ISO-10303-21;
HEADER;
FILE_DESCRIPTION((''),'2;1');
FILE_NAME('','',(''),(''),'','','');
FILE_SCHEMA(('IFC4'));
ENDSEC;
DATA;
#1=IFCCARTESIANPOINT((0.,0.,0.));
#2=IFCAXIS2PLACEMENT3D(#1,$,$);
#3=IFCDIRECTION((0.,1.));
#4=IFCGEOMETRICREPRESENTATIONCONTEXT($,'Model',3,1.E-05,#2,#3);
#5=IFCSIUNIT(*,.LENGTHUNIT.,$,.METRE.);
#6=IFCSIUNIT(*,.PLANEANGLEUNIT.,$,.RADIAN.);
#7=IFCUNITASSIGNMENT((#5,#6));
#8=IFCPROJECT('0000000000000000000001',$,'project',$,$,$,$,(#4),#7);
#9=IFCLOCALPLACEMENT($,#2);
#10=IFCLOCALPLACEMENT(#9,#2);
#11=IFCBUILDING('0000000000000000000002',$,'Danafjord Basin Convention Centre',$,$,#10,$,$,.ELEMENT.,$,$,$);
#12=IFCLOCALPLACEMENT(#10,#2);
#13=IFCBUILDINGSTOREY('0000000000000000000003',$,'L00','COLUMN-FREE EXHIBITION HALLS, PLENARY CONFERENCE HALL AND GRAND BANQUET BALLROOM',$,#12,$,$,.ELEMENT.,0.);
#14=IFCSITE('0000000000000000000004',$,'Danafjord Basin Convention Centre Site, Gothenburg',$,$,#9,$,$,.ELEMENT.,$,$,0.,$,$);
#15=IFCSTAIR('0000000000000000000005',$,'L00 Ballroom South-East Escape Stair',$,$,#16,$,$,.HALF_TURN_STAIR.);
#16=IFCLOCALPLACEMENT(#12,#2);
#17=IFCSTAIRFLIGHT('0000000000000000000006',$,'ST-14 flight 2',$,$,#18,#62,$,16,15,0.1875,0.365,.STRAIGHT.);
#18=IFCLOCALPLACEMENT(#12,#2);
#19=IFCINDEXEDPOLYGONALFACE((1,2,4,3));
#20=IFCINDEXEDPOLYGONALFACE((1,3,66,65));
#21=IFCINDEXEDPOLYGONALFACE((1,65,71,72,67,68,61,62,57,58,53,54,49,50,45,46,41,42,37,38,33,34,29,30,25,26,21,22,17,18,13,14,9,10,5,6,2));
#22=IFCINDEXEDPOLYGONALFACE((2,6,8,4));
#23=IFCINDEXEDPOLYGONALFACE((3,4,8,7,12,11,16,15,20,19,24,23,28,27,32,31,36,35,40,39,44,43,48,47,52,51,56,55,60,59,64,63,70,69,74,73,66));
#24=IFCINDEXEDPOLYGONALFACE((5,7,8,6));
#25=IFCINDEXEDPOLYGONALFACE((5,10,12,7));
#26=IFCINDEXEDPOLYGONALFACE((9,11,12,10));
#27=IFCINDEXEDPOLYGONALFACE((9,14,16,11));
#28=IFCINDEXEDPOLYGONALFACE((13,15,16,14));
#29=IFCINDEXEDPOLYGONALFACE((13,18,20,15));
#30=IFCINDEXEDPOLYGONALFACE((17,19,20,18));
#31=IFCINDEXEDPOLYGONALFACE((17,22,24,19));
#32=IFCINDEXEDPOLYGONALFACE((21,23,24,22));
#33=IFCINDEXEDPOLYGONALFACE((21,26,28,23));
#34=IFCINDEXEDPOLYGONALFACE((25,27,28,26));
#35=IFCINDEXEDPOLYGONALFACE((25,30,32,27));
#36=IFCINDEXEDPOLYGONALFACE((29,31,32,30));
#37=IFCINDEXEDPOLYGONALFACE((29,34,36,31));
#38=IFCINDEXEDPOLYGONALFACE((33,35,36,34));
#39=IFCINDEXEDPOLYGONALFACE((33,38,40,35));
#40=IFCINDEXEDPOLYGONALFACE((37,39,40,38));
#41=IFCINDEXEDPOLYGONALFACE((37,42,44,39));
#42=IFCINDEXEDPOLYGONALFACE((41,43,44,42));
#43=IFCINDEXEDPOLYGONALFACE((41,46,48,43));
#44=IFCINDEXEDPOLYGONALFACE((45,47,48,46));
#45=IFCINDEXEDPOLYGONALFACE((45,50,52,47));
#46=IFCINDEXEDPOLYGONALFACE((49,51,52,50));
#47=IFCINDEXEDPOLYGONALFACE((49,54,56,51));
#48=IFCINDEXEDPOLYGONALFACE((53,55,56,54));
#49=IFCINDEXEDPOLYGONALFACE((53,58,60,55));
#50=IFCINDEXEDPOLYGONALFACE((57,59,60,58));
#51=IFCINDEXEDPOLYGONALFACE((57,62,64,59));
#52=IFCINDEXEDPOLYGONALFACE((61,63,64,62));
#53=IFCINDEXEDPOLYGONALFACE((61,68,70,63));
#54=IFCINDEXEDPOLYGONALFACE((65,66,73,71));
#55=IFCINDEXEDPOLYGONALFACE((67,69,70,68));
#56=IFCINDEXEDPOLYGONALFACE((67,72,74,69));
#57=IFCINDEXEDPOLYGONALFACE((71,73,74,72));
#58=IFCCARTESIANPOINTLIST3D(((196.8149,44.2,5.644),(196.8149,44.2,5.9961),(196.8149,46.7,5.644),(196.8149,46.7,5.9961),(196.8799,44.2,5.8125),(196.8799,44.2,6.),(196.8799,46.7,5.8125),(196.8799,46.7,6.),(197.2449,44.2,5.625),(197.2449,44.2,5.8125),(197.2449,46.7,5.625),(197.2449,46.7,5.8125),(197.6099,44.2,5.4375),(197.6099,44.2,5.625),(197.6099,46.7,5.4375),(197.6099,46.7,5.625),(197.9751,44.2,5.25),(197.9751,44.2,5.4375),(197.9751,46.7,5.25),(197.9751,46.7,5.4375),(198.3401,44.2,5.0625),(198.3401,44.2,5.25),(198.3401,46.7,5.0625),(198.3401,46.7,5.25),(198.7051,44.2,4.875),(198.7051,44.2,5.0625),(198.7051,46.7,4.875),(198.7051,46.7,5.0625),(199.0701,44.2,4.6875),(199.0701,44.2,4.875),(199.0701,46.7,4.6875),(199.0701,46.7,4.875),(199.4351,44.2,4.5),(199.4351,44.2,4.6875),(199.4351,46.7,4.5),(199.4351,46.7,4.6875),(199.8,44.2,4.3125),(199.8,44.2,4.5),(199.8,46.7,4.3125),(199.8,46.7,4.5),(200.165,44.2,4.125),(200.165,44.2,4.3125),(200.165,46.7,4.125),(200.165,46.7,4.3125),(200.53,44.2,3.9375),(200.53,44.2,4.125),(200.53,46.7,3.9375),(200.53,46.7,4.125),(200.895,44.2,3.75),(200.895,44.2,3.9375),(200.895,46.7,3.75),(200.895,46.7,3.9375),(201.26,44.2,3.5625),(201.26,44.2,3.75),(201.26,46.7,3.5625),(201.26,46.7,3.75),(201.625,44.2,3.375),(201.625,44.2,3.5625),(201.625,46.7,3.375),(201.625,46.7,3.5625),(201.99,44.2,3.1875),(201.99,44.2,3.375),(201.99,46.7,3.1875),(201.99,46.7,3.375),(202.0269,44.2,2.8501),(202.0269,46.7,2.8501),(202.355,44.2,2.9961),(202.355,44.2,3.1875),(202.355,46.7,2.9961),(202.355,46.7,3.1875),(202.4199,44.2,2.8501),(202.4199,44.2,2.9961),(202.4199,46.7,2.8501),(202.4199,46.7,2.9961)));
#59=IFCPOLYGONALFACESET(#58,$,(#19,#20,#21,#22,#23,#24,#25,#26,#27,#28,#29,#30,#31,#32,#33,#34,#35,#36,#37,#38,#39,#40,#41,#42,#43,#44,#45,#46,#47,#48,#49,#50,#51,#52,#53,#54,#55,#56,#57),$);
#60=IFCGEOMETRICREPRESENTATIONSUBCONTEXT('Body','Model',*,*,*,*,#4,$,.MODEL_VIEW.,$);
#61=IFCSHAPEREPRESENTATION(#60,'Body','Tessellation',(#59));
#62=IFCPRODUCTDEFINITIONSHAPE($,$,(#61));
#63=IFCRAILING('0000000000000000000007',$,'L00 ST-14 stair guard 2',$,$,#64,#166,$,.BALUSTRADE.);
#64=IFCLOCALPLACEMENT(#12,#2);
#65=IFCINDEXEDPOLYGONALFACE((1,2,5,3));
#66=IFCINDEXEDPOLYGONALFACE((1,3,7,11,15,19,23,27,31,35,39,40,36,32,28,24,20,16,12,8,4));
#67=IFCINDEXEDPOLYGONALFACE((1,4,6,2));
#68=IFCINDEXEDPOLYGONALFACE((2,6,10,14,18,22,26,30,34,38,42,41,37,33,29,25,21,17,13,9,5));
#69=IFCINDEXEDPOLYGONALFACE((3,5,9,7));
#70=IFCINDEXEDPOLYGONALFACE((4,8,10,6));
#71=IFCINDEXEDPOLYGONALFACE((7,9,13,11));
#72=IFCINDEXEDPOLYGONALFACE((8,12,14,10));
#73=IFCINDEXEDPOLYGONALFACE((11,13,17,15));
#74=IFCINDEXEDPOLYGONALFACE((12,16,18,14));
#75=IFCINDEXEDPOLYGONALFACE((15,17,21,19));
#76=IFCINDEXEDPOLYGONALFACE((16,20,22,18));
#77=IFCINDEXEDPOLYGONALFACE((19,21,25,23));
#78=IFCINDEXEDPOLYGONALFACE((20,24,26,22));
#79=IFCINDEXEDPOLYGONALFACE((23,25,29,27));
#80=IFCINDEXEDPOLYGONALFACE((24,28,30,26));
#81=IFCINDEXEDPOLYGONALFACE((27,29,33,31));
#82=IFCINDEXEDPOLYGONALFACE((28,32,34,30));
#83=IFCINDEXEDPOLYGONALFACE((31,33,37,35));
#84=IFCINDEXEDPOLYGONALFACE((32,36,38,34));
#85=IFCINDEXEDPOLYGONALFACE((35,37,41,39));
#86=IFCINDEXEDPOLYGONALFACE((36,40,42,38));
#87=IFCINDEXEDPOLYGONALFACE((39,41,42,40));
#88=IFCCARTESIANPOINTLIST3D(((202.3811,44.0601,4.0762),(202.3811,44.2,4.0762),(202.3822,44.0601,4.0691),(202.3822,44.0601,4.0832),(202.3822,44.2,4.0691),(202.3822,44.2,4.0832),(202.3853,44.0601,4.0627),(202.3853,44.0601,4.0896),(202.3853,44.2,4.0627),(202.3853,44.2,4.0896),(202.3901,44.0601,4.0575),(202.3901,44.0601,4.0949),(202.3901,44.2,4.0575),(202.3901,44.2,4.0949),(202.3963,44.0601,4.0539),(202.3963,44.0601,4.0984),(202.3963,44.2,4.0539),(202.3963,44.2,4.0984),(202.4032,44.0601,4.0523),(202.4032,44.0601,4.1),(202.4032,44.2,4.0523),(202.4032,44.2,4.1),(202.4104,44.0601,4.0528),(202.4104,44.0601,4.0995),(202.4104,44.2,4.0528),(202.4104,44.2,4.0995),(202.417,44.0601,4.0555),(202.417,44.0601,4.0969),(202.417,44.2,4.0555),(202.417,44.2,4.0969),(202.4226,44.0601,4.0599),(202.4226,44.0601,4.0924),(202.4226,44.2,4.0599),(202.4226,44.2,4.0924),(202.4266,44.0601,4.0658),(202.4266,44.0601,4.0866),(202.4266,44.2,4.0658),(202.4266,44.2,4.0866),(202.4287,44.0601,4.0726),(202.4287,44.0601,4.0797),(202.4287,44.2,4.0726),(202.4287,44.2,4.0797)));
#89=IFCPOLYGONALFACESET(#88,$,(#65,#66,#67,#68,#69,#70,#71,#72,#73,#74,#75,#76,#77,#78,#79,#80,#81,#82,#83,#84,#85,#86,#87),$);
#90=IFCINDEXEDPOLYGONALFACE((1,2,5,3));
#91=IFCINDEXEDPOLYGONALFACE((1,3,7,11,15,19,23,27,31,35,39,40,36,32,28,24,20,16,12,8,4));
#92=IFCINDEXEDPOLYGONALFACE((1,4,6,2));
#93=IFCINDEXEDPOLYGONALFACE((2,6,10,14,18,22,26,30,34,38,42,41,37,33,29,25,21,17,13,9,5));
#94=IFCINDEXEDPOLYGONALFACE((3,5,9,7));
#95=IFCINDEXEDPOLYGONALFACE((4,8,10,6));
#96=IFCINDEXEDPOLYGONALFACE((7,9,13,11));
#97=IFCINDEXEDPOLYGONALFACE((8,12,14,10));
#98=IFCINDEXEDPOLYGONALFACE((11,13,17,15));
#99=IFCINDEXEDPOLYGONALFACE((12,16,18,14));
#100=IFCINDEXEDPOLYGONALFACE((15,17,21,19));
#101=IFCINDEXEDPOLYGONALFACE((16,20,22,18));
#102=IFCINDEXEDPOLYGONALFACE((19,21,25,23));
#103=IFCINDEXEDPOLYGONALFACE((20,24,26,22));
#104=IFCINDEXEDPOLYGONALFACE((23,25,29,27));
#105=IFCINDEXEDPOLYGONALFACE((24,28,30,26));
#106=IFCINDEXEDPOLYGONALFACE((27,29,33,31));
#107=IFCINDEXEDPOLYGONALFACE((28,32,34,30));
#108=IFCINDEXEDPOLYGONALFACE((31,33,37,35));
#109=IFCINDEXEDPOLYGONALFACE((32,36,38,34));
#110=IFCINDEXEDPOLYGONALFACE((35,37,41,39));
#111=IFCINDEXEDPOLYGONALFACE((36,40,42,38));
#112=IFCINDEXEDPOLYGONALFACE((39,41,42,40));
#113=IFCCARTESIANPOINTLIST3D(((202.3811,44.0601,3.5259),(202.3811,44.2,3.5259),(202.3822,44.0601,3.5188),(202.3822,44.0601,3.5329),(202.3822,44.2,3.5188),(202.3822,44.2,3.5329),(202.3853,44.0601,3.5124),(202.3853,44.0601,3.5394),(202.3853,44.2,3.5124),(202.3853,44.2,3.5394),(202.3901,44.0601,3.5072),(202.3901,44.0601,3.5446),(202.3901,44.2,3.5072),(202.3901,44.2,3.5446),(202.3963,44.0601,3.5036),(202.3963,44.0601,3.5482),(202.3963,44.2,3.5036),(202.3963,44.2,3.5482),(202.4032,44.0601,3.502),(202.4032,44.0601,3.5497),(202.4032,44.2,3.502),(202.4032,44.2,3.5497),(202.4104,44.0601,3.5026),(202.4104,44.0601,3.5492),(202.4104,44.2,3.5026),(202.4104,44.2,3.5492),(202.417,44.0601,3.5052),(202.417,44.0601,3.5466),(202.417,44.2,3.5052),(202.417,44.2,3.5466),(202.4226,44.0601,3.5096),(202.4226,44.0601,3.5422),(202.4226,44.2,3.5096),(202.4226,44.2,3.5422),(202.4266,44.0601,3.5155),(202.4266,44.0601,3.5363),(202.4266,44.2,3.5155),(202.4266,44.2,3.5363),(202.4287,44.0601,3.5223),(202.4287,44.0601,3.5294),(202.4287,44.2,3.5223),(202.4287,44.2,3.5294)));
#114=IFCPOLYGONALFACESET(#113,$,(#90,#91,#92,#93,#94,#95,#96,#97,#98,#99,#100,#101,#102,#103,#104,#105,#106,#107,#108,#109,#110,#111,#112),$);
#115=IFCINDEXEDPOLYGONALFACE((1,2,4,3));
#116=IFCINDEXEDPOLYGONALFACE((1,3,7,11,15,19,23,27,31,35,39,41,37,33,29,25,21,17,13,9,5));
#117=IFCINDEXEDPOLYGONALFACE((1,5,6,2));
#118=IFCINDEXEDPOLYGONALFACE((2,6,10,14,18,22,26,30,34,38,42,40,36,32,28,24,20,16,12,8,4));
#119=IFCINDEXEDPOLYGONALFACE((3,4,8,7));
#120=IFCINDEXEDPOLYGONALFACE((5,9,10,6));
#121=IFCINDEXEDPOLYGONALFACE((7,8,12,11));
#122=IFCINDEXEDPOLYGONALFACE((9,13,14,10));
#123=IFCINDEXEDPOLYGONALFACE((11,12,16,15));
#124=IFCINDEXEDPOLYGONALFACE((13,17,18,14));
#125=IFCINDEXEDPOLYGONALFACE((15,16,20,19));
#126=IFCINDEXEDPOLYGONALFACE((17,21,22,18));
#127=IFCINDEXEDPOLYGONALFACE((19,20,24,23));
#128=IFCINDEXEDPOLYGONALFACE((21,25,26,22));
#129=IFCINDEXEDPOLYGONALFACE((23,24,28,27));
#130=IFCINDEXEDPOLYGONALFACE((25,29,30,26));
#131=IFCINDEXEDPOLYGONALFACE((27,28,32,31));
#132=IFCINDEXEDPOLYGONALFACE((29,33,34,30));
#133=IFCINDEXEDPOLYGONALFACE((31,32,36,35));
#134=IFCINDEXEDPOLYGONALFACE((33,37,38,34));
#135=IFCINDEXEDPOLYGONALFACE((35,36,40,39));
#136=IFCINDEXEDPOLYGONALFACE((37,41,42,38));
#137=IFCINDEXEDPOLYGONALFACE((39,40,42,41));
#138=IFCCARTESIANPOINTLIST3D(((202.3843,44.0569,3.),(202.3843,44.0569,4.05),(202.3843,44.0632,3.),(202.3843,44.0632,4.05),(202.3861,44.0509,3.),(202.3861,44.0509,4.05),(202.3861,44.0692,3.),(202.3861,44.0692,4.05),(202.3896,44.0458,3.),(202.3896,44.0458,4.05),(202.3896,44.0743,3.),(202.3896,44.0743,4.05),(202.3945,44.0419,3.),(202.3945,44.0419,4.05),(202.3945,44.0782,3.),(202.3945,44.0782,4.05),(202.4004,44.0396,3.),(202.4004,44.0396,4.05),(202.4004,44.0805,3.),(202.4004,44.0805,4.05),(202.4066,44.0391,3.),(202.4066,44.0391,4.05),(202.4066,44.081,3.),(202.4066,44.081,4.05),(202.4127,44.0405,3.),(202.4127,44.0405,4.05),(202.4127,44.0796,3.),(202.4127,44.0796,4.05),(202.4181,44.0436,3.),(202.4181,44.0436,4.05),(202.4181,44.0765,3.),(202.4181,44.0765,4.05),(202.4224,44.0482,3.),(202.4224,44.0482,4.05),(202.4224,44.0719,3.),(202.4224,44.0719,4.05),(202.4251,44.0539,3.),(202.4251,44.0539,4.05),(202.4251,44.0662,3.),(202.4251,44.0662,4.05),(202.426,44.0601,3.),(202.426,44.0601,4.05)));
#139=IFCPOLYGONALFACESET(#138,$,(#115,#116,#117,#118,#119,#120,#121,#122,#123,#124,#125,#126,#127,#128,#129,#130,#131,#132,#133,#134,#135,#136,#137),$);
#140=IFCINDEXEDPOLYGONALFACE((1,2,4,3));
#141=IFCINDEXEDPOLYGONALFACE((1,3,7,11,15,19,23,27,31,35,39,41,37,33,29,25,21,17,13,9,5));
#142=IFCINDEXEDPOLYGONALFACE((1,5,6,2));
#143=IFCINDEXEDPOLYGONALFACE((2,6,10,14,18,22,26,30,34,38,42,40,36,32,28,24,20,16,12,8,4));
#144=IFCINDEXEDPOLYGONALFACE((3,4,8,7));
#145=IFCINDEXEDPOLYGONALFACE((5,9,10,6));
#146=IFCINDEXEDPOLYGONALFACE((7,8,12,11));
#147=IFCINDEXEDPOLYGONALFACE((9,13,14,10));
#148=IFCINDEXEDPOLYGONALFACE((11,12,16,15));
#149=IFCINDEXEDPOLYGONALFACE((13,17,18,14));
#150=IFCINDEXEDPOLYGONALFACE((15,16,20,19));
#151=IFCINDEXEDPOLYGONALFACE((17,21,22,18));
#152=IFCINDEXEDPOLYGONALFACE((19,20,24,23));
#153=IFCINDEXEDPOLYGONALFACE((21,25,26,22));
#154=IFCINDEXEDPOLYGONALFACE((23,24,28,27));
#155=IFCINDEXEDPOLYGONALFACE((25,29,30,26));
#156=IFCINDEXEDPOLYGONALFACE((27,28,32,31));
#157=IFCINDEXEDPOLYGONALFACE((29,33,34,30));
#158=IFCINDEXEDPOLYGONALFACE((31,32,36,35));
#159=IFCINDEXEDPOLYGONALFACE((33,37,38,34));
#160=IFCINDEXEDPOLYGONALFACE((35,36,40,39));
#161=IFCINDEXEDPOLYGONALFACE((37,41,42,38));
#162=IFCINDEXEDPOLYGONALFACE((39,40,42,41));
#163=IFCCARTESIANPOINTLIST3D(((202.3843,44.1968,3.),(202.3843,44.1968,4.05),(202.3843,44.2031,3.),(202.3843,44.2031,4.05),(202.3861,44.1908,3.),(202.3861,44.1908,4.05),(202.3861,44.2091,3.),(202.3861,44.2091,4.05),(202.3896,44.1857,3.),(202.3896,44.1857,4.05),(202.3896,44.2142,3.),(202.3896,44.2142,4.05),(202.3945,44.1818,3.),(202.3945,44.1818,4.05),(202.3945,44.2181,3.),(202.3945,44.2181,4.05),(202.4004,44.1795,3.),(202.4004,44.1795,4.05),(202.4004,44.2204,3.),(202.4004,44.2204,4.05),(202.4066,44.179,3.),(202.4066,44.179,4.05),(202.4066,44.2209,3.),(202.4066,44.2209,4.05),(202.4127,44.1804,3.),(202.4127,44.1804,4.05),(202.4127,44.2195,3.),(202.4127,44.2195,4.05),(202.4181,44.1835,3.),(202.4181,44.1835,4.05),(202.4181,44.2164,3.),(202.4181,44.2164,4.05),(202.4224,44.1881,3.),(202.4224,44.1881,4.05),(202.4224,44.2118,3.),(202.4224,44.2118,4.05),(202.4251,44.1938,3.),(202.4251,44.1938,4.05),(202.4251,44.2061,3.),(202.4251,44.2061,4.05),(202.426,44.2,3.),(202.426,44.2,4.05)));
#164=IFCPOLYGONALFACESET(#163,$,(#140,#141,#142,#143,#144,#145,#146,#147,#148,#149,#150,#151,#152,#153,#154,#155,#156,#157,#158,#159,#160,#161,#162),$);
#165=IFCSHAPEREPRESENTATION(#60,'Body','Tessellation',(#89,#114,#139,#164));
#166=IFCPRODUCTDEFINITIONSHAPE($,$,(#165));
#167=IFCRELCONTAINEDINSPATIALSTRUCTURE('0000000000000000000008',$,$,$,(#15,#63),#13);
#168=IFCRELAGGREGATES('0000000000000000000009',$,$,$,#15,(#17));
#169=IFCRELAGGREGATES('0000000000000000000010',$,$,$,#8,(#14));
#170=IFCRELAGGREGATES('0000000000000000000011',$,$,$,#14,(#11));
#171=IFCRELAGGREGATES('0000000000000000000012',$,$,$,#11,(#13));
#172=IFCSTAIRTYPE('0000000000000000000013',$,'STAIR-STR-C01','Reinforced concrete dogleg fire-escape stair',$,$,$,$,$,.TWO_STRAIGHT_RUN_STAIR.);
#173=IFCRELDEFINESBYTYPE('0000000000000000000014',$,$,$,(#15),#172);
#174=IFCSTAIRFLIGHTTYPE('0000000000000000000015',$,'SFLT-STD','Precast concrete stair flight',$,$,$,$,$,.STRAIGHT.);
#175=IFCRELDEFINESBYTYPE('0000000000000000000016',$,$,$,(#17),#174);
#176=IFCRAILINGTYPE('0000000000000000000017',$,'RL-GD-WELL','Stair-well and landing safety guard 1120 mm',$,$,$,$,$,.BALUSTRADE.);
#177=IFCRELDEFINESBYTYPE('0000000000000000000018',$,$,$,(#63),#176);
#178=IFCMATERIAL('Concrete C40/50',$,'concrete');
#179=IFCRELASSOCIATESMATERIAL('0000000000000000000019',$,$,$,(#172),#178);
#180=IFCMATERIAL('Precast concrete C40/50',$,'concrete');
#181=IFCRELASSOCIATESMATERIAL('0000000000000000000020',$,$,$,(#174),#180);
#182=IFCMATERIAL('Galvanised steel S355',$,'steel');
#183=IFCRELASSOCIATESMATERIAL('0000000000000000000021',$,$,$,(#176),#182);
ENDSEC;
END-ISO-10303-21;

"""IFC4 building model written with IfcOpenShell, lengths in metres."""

from ifc_helpers import new_model, si_unit, direction, frame, origin, origin_2d, place, context, subcontext, project, spatial, polyline, circle, outline, extrude, material, type_object, element, aggregate, save


model = new_model("IFC4")

# Units and contexts
model_context = context("Model", 3, precision=1e-05, world=origin(), true_north=direction((0.0, 1.0)))
body_context = subcontext(model_context, "Body", "Model", "MODEL_VIEW")
ifc_project = project(units=[si_unit("LENGTHUNIT", "METRE"), si_unit("PLANEANGLEUNIT", "RADIAN")], contexts=[model_context])

# Site, building, storey
site_placement = place(None, origin())
site = spatial("IfcSite", under=ifc_project, at=site_placement, Name="Danafjord Basin Convention Centre Site, Gothenburg", CompositionType="ELEMENT", RefElevation=0.0)
building_placement = place(site_placement, origin())
building = spatial("IfcBuilding", under=site, at=building_placement, Name="Danafjord Basin Convention Centre", CompositionType="ELEMENT")
storey_placement = place(building_placement, origin())
storey = spatial("IfcBuildingStorey", under=building, at=storey_placement, Name="L00", Description="COLUMN-FREE EXHIBITION HALLS, PLENARY CONFERENCE HALL AND GRAND BANQUET BALLROOM", CompositionType="ELEMENT", Elevation=0.0)

# Shared definitions
ifc_material_1 = material(Name="Concrete C40/50", Category="concrete")

# Shared definitions
ifc_material_2 = material(Name="Precast concrete C40/50", Category="concrete")

# Stair, stair flight
stair_type = type_object("IfcStairType", Name="STAIR-STR-C01", Description="Reinforced concrete dogleg fire-escape stair", PredefinedType="TWO_STRAIGHT_RUN_STAIR", material=ifc_material_1)
stair_placement = place(storey_placement, origin())
stair = element("IfcStair", 1, at=stair_placement, inside=storey, type_object=stair_type, Name="L00 Ballroom South-East Escape Stair", PredefinedType="HALF_TURN_STAIR")
stair_flight_type = type_object("IfcStairFlightType", Name="SFLT-STD", Description="Precast concrete stair flight", PredefinedType="STRAIGHT", material=ifc_material_2)
stair_flight_placement = place(storey_placement, frame((202.355, 45.45, 3.0), z_axis=(0.0, 0.0, 1.0), x_axis=(-1.0, 0.0, 0.0)))
stair_flight = element("IfcStairFlight", 2, at=stair_flight_placement, type_object=stair_flight_type, Name="ST-14 flight 2", NumberOfRisers=16, NumberOfTreads=15, PredefinedType="STRAIGHT", RiserHeight=0.1875, TreadLength=0.365, context=body_context, shape_type="SweptSolid", body=[
    extrude(outline(polyline([(-0.0649, -0.1499), (-0.0649, -0.0039), (0.0, -0.0039), (0.0, 0.1875), (0.365, 0.1875), (0.365, 0.375), (0.73, 0.375), (0.73, 0.5625), (1.095, 0.5625), (1.095, 0.75), (1.46, 0.75), (1.46, 0.9375), (1.825, 0.9375), (1.825, 1.125), (2.1899, 1.125), (2.1899, 1.3125), (2.5549, 1.3125), (2.5549, 1.5), (2.9199, 1.5), (2.9199, 1.6875), (3.2849, 1.6875), (3.2849, 1.875), (3.6499, 1.875), (3.6499, 2.0625), (4.0149, 2.0625), (4.0149, 2.25), (4.3799, 2.25), (4.3799, 2.4375), (4.7451, 2.4375), (4.7451, 2.625), (5.1101, 2.625), (5.1101, 2.8125), (5.4751, 2.8125), (5.4751, 3.0), (5.54, 2.9961), (5.54, 2.644), (0.3281, -0.1499), (-0.0649, -0.1499)])), frame((0.0, 1.25, 0.0), z_axis=(0.0, -1.0, 0.0), x_axis=(1.0, 0.0, 0.0)), (0.0, 0.0, 1.0), 2.5),
])
aggregate(stair, [stair_flight])

# Railing
ifc_material_3 = material(Name="Galvanised steel S355", Category="steel")
railing_type_1 = type_object("IfcRailingType", Name="RL-GD-WELL", Description="Stair-well and landing safety guard 1120 mm", PredefinedType="BALUSTRADE", material=ifc_material_3)
railing_1_placement = place(storey_placement, frame((202.405, 44.0601, 3.0)))
element("IfcRailing", 3, at=railing_1_placement, inside=storey, type_object=railing_type_1, Name="L00 ST-14 stair guard 2", PredefinedType="BALUSTRADE", context=body_context, shape_type="SweptSolid", body=[
    extrude(circle(Radius=0.0239, at=origin_2d()), frame((0.0, 0.0, 1.0762), z_axis=(0.0, 1.0, 0.0), x_axis=(-1.0, 0.0, 0.0)), (0.0, 0.0, 1.0), 0.1399),
    extrude(circle(Radius=0.0239, at=origin_2d()), frame((0.0, 0.0, 0.5259), z_axis=(0.0, 1.0, 0.0), x_axis=(-1.0, 0.0, 0.0)), (0.0, 0.0, 1.0), 0.1399),
    extrude(circle(Radius=0.021, at=origin_2d()), origin(), (0.0, 0.0, 1.0), 1.05),
    extrude(circle(Radius=0.021, at=origin_2d()), frame((0.0, 0.1399, 0.0)), (0.0, 0.0, 1.0), 1.05),
])

save(model, "model.ifc")
